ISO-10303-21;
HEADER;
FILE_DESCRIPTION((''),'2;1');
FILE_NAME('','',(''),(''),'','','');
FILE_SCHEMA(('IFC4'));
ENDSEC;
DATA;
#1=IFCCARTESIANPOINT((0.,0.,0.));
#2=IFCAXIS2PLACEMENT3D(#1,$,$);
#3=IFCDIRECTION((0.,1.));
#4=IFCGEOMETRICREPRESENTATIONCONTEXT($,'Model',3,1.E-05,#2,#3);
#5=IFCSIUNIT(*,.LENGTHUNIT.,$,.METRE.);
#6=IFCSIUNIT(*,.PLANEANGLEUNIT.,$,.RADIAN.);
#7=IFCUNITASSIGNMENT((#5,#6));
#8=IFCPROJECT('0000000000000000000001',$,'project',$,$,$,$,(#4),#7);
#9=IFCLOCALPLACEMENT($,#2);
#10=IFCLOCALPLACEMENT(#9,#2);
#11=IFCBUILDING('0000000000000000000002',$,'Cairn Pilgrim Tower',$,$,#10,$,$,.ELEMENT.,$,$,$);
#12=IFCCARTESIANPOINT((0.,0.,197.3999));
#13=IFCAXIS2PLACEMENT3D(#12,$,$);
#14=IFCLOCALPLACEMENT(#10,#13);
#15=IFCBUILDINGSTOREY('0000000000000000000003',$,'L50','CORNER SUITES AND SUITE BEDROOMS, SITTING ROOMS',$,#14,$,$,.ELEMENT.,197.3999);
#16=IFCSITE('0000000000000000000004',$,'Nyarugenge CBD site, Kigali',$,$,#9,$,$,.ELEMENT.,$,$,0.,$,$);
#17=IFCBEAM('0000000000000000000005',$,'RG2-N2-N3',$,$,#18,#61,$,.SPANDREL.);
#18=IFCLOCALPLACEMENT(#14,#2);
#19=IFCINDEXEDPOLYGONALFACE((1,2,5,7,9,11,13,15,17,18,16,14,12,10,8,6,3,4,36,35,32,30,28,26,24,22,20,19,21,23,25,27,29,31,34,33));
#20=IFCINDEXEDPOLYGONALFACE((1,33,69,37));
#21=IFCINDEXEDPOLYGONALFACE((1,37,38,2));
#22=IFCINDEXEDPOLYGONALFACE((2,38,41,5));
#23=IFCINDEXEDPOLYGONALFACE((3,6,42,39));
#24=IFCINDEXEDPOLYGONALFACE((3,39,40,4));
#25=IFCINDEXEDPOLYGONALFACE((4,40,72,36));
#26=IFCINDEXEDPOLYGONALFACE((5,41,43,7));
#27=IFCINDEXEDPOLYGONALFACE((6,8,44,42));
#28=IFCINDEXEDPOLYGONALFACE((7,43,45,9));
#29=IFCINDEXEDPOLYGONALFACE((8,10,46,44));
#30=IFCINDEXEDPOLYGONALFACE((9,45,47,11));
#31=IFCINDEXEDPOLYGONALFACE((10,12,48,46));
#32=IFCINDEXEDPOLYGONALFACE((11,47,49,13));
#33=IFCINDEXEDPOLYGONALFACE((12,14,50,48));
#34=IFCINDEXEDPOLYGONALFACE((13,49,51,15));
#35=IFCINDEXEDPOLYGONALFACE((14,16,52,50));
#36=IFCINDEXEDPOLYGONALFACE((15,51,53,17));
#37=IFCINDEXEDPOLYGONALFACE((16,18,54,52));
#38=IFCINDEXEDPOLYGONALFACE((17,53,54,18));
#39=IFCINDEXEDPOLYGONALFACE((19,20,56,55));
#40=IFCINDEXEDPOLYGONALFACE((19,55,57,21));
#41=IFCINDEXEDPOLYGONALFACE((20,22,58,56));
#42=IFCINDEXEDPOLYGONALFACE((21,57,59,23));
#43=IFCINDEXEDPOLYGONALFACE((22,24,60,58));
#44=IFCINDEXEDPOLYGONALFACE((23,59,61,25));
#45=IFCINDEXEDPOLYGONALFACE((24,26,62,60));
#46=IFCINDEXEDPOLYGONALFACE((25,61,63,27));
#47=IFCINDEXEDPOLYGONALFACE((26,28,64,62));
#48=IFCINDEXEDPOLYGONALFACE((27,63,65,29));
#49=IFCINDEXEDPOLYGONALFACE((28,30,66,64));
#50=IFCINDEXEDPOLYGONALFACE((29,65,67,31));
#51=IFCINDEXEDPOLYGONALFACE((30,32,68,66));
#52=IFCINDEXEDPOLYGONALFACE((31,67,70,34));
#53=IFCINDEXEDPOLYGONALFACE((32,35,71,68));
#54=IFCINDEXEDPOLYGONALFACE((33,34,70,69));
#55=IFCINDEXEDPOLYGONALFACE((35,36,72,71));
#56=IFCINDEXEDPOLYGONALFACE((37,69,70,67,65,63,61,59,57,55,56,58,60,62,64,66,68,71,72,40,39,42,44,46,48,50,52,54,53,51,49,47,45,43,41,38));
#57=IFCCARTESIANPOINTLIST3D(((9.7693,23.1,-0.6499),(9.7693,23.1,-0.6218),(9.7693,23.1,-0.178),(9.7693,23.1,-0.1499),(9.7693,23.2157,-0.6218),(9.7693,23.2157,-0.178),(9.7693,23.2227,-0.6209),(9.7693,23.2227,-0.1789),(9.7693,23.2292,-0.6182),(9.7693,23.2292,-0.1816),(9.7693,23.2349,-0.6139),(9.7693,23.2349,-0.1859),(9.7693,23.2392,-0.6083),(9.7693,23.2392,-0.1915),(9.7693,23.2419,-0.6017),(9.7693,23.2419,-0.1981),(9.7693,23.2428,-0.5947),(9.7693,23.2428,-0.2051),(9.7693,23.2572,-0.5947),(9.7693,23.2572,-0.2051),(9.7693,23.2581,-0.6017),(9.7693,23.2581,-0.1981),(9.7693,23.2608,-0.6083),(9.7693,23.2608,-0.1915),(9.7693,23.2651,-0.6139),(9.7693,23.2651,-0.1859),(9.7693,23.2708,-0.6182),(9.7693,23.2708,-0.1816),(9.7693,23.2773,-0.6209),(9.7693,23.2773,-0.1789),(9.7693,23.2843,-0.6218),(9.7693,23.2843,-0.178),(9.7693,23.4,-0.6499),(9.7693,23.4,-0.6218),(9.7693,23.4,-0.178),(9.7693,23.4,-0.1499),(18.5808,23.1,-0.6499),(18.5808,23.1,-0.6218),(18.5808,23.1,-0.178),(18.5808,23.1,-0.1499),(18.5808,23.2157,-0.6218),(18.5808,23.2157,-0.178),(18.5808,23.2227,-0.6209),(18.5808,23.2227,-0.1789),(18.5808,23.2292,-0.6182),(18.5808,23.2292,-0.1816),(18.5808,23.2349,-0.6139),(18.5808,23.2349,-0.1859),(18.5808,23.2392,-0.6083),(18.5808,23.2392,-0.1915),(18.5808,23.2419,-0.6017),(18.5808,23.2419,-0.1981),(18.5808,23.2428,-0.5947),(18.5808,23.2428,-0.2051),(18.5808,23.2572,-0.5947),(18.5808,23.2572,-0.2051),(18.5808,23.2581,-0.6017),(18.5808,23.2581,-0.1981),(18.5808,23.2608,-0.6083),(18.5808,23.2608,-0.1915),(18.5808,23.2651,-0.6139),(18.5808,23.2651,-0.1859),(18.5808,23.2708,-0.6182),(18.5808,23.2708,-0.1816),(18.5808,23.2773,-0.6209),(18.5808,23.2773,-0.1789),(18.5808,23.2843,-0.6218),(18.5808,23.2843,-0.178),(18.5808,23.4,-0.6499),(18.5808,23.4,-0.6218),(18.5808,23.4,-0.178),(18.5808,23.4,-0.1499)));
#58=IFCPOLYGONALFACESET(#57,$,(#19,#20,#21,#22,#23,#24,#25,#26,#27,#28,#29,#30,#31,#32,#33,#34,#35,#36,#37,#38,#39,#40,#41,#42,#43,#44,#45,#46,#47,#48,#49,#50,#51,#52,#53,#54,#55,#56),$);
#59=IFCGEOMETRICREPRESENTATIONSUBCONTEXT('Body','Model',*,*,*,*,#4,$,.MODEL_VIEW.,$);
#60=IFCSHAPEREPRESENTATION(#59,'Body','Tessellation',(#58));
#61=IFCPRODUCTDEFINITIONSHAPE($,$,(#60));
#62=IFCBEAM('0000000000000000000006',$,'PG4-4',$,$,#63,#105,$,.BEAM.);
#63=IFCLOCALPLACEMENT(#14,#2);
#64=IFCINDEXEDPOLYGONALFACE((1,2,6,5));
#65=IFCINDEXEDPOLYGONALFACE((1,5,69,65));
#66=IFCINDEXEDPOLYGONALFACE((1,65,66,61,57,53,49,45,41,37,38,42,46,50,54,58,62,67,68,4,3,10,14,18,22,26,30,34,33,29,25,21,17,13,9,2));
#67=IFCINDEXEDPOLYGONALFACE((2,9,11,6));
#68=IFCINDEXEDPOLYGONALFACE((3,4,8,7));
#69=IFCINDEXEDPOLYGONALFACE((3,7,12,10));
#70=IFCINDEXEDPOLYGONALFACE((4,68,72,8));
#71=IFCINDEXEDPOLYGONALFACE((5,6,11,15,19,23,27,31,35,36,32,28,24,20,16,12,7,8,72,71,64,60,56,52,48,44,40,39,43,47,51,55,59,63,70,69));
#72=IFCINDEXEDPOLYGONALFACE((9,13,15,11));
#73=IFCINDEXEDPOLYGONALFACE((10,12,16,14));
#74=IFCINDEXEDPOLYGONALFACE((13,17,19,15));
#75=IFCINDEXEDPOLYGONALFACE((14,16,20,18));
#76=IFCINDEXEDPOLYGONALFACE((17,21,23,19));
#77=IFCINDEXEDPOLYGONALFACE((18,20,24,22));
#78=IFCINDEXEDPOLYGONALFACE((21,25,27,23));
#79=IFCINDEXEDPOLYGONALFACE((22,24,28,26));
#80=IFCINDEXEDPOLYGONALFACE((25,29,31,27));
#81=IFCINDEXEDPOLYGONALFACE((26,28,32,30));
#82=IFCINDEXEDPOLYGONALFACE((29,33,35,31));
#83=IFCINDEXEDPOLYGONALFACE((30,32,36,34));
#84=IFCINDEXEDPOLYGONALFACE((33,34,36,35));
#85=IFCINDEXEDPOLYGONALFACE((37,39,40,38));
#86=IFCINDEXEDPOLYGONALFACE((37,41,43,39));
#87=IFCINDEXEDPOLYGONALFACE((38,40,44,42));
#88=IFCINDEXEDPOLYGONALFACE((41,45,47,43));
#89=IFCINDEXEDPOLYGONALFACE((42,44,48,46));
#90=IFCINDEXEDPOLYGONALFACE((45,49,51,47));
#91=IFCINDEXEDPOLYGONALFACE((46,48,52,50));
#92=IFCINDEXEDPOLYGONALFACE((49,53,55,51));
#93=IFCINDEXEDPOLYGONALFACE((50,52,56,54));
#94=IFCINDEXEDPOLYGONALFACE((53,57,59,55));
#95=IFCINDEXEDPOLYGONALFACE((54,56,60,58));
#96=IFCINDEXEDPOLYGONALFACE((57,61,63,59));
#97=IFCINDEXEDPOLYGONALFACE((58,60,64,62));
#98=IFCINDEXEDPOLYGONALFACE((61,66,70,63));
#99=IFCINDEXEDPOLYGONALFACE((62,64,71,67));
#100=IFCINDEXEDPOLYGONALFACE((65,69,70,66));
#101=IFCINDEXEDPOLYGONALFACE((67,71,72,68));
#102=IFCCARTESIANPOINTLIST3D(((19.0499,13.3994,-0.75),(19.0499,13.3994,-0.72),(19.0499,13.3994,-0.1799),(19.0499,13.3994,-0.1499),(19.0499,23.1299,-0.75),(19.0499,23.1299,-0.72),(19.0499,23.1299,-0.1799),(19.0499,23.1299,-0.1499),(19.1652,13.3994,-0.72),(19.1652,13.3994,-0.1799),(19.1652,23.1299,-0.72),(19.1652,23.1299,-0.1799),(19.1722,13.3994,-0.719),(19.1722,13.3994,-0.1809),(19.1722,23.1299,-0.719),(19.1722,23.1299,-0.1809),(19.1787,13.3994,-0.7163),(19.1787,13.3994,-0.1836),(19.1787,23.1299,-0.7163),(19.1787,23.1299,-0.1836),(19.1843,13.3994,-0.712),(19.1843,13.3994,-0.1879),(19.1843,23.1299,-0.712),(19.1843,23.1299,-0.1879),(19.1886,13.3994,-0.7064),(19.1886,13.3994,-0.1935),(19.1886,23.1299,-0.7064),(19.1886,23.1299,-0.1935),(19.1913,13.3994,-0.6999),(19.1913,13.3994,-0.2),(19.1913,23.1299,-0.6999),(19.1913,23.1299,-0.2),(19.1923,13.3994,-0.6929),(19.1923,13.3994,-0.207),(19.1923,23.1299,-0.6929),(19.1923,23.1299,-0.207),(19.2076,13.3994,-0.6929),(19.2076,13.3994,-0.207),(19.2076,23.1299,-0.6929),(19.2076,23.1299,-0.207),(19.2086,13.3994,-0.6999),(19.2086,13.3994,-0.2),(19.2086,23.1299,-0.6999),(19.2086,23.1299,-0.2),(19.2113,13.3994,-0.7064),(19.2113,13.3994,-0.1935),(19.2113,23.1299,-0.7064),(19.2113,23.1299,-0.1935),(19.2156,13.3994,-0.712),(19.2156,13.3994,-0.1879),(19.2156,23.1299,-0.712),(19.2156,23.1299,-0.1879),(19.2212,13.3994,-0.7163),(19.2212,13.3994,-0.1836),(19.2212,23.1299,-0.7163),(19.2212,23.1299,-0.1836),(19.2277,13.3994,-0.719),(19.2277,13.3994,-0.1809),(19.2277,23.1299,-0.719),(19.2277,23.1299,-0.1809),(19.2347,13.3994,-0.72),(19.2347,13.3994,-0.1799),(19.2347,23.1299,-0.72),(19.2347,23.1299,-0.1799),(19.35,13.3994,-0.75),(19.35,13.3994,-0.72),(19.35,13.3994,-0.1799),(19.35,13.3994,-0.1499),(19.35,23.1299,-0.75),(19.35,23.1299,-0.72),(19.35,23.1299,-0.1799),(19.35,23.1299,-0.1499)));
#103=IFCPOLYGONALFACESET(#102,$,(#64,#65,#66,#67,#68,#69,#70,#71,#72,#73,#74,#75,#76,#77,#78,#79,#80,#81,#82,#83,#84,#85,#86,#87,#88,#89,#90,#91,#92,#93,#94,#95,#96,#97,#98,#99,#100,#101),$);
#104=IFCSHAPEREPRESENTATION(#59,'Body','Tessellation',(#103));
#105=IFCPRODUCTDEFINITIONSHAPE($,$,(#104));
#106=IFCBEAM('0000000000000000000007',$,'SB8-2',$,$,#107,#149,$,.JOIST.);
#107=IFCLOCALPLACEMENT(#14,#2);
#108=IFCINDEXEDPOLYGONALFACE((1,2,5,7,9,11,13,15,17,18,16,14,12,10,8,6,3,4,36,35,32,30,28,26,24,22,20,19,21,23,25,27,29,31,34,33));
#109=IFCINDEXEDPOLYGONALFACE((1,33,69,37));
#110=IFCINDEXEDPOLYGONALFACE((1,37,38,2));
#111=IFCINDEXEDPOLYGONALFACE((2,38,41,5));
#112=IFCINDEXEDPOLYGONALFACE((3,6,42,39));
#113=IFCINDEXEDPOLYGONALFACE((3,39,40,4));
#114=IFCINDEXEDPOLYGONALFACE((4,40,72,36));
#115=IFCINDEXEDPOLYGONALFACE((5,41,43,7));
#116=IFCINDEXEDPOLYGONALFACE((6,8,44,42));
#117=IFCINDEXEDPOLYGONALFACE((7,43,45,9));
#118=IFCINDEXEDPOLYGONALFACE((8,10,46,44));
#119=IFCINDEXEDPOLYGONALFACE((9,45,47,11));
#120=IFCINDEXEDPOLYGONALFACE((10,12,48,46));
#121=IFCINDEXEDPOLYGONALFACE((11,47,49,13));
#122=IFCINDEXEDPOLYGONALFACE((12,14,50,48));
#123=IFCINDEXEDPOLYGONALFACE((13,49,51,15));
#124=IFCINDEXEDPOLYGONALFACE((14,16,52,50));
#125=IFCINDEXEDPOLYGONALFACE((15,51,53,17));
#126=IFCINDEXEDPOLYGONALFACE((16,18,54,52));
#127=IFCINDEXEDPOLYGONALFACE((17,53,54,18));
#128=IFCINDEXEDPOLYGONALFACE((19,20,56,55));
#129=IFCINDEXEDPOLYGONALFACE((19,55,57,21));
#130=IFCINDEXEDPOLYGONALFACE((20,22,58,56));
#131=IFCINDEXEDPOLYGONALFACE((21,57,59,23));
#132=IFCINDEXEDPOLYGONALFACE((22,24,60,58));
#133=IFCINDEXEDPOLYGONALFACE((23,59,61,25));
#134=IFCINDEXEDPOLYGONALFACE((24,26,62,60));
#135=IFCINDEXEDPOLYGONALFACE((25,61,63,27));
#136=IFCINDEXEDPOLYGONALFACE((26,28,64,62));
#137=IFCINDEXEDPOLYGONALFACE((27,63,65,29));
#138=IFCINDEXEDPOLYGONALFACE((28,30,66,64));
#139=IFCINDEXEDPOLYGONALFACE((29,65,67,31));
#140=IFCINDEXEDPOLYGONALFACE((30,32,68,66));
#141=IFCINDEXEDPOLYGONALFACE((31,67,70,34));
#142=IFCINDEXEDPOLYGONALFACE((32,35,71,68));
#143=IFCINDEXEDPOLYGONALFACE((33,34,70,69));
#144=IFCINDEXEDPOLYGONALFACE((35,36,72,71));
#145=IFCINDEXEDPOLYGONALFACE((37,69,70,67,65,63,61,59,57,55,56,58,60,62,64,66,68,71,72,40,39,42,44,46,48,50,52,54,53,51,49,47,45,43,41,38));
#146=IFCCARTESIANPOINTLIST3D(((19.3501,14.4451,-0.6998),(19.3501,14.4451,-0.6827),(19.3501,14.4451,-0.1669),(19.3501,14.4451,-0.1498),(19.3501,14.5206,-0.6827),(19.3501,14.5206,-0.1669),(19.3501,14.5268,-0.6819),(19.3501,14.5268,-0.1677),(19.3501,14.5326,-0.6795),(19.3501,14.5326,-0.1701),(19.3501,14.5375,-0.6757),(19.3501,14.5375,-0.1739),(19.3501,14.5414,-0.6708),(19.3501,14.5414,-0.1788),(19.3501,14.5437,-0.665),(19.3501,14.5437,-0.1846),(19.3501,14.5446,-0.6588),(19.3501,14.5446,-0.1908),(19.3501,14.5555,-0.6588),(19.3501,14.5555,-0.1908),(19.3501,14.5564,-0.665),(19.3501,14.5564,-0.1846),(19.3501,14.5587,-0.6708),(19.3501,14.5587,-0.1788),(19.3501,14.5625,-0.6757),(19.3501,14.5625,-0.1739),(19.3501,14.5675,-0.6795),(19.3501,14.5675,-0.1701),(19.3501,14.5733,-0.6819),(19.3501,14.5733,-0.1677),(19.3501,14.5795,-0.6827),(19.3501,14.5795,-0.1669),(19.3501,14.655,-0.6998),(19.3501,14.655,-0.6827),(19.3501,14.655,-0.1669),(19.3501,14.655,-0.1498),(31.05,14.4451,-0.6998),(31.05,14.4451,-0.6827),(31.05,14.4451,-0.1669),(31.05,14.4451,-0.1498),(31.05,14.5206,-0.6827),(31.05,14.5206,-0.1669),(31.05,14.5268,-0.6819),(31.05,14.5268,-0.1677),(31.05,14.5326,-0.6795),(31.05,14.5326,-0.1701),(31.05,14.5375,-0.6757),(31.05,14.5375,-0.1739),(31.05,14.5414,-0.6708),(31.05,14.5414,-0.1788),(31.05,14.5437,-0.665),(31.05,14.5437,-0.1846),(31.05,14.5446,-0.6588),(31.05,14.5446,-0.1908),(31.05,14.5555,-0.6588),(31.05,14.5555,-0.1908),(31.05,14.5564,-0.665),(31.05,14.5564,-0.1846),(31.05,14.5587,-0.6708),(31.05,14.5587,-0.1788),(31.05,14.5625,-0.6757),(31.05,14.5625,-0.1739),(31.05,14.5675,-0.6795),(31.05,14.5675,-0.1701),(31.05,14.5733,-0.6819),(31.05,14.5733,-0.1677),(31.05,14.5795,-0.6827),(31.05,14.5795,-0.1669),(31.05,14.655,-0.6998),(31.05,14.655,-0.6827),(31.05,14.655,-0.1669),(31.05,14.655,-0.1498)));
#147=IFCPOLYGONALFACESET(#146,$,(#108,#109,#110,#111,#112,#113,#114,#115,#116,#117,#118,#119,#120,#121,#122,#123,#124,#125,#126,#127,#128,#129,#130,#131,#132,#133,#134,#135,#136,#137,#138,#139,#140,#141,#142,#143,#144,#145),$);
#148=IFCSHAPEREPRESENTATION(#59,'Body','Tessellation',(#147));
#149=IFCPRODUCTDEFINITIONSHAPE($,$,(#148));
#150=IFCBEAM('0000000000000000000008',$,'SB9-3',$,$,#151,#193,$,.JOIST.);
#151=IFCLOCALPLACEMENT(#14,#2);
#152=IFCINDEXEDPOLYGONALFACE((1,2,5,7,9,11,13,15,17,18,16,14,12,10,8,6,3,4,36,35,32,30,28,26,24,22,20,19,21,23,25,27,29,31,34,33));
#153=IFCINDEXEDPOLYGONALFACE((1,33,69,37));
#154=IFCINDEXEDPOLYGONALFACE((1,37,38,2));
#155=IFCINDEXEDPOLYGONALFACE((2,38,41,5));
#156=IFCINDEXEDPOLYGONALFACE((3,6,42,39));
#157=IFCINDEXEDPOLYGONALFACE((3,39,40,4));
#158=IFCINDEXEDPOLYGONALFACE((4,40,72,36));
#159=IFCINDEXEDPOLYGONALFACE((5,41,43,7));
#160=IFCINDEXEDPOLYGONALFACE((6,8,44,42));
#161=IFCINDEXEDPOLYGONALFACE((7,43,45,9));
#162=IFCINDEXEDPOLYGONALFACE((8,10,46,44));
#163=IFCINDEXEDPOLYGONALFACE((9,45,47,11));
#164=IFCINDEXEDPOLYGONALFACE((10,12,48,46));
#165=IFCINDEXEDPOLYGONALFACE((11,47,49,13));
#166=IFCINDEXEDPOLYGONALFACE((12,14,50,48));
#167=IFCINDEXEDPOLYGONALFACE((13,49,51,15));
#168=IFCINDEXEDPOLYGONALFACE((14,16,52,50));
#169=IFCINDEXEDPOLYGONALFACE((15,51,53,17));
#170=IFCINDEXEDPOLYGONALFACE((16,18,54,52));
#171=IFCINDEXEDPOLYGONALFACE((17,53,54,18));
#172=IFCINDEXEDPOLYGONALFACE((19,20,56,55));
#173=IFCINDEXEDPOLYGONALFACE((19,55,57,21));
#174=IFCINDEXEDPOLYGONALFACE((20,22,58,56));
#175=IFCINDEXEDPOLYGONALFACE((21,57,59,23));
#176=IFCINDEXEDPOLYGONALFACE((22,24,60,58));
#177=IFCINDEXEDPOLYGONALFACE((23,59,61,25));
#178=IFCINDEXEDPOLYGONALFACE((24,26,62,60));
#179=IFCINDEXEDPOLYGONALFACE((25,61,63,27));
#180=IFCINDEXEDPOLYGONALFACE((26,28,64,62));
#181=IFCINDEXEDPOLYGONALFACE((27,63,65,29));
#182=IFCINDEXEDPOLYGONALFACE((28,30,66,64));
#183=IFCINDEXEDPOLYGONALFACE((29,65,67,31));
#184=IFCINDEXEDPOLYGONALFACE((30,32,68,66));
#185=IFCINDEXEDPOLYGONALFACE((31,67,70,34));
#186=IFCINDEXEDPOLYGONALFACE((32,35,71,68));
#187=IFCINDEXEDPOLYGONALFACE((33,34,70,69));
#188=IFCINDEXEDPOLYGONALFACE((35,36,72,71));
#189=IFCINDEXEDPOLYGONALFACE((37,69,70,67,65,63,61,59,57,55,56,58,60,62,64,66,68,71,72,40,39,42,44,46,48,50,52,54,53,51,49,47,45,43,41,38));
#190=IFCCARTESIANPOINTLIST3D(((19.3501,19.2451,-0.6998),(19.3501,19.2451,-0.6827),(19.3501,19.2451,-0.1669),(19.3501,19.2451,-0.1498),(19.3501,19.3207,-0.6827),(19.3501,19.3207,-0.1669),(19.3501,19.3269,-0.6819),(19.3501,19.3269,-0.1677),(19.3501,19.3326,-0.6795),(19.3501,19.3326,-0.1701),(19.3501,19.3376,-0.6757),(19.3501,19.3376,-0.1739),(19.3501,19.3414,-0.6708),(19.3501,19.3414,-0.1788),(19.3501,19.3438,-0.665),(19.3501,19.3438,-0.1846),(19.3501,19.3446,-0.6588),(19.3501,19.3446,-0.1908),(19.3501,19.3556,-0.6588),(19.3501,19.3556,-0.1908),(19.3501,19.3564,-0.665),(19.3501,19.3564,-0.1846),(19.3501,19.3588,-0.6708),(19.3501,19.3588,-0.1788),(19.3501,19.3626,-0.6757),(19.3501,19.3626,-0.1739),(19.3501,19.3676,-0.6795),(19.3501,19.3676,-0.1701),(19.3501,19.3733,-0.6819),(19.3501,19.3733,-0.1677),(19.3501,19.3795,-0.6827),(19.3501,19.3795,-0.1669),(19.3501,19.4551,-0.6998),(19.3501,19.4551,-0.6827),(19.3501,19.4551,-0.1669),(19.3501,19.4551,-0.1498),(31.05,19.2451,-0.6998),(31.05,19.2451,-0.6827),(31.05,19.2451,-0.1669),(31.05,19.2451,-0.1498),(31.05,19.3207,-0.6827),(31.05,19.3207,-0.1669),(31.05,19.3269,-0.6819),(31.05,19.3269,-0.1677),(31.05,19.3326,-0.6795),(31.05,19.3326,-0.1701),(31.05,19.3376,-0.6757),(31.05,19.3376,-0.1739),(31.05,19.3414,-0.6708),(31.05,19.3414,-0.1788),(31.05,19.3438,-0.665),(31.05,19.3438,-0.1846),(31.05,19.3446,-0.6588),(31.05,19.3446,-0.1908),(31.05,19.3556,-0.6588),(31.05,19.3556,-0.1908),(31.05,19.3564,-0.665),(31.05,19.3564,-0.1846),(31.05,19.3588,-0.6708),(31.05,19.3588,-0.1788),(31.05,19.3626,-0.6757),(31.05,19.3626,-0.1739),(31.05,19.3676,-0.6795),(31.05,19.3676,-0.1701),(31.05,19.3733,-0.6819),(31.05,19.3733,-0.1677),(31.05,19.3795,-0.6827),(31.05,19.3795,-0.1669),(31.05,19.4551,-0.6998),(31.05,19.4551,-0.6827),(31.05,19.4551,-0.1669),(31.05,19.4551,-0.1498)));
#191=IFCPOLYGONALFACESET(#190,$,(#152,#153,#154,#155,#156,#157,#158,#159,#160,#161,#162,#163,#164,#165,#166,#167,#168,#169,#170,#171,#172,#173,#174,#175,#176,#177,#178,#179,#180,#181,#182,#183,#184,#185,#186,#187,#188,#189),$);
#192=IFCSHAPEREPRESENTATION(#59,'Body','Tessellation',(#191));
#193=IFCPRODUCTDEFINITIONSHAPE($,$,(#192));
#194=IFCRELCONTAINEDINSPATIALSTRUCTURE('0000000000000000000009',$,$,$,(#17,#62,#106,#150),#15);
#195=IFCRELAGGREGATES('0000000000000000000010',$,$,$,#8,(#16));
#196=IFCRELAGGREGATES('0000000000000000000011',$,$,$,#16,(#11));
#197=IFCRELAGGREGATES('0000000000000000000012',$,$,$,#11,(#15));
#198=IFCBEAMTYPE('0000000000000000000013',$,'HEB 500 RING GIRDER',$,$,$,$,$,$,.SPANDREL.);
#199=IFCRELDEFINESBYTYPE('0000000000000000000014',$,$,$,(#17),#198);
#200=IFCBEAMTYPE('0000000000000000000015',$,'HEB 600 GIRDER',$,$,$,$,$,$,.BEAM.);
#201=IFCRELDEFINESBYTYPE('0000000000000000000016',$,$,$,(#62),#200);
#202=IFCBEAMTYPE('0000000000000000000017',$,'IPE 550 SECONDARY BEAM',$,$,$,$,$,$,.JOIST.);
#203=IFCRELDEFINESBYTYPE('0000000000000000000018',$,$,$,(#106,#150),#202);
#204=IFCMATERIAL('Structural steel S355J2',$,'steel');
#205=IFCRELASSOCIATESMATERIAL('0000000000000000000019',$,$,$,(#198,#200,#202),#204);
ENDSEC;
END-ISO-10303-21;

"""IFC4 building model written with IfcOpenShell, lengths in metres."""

from ifc_helpers import new_model, si_unit, direction, frame, origin, origin_2d, place, context, subcontext, project, spatial, i_section, extrude, material, material_profile, profile_set, type_object, element, save


model = new_model("IFC4")

# Units and contexts
model_context = context("Model", 3, precision=1e-05, world=origin(), true_north=direction((0.0, 1.0)))
body_context = subcontext(model_context, "Body", "Model", "MODEL_VIEW")
ifc_project = project(units=[si_unit("LENGTHUNIT", "METRE"), si_unit("PLANEANGLEUNIT", "RADIAN")], contexts=[model_context])

# Site, building, storey
site_placement = place(None, origin())
site = spatial("IfcSite", under=ifc_project, at=site_placement, Name="Nyarugenge CBD site, Kigali", CompositionType="ELEMENT", RefElevation=0.0)
building_placement = place(site_placement, origin())
building = spatial("IfcBuilding", under=site, at=building_placement, Name="Cairn Pilgrim Tower", CompositionType="ELEMENT")
storey_placement = place(building_placement, frame((0.0, 0.0, 197.3999)))
storey = spatial("IfcBuildingStorey", under=building, at=storey_placement, Name="L50", Description="CORNER SUITES AND SUITE BEDROOMS, SITTING ROOMS", CompositionType="ELEMENT", Elevation=197.3999)

# Shared definitions
ifc_material_1 = material(Name="Structural steel S355J2", Category="steel")

# Beams
ifc_material_profile_1 = material_profile(ifc_material_1, i_section(OverallWidth=0.3, OverallDepth=0.5, WebThickness=0.0144, FlangeThickness=0.0281, FilletRadius=0.0271, at=origin_2d()), Name="HEB 500")
ifc_profile_set_1 = profile_set([ifc_material_profile_1], Name="Structural steel S355J2")
beam_type_1 = type_object("IfcBeamType", Name="HEB 500 RING GIRDER", PredefinedType="SPANDREL", material=ifc_profile_set_1)
for number, where, z_axis, x_axis, name in (
    (1, (18.5808, 23.25, -0.3999), (-1.0, 0.0, 0.0), (0.0, -1.0, 0.0), "RG2-N2-N3"),
):
    element("IfcBeam", number, at=place(storey_placement, frame(where, z_axis=z_axis, x_axis=x_axis)), inside=storey, type_object=beam_type_1, Name=name, PredefinedType="SPANDREL", context=body_context, shape_type="SweptSolid", body=[
        extrude(i_section(OverallWidth=0.3, OverallDepth=0.5, WebThickness=0.0144, FlangeThickness=0.0281, FilletRadius=0.0271, at=origin_2d()), origin(), (0.0, 0.0, 1.0), 8.8115),
    ])
ifc_material_profile_2 = material_profile(ifc_material_1, i_section(OverallWidth=0.3, OverallDepth=0.6001, WebThickness=0.0154, FlangeThickness=0.03, FilletRadius=0.0271, at=origin_2d()), Name="HEB 600")
ifc_profile_set_2 = profile_set([ifc_material_profile_2], Name="Structural steel S355J2")
beam_type_2 = type_object("IfcBeamType", Name="HEB 600 GIRDER", PredefinedType="BEAM", material=ifc_profile_set_2)
beam_placement = place(storey_placement, frame((19.2, 13.3994, -0.45), z_axis=(0.0, 1.0, 0.0), x_axis=(-1.0, 0.0, 0.0)))
element("IfcBeam", 2, at=beam_placement, inside=storey, type_object=beam_type_2, Name="PG4-4", PredefinedType="BEAM", context=body_context, shape_type="SweptSolid", body=[
    extrude(i_section(OverallWidth=0.3, OverallDepth=0.6001, WebThickness=0.0154, FlangeThickness=0.03, FilletRadius=0.0271, at=origin_2d()), origin(), (0.0, 0.0, 1.0), 9.7305),
])
ifc_material_profile_3 = material_profile(ifc_material_1, i_section(OverallWidth=0.21, OverallDepth=0.55, WebThickness=0.011, FlangeThickness=0.0171, FilletRadius=0.0239, at=origin_2d()), Name="IPE 550")
ifc_profile_set_3 = profile_set([ifc_material_profile_3], Name="Structural steel S355J2")
beam_type_3 = type_object("IfcBeamType", Name="IPE 550 SECONDARY BEAM", PredefinedType="JOIST", material=ifc_profile_set_3)
for number, where, z_axis, x_axis, name in (
    (3, (19.3501, 14.55, -0.4248), (1.0, 0.0, 0.0), (0.0, 1.0, 0.0), "SB8-2"),
    (4, (19.3501, 19.3501, -0.4248), (1.0, 0.0, 0.0), (0.0, 1.0, 0.0), "SB9-3"),
):
    element("IfcBeam", number, at=place(storey_placement, frame(where, z_axis=z_axis, x_axis=x_axis)), inside=storey, type_object=beam_type_3, Name=name, PredefinedType="JOIST", context=body_context, shape_type="SweptSolid", body=[
        extrude(i_section(OverallWidth=0.21, OverallDepth=0.55, WebThickness=0.011, FlangeThickness=0.0171, FilletRadius=0.0239, at=origin_2d()), origin(), (0.0, 0.0, 1.0), 11.7),
    ])

save(model, "model.ifc")
